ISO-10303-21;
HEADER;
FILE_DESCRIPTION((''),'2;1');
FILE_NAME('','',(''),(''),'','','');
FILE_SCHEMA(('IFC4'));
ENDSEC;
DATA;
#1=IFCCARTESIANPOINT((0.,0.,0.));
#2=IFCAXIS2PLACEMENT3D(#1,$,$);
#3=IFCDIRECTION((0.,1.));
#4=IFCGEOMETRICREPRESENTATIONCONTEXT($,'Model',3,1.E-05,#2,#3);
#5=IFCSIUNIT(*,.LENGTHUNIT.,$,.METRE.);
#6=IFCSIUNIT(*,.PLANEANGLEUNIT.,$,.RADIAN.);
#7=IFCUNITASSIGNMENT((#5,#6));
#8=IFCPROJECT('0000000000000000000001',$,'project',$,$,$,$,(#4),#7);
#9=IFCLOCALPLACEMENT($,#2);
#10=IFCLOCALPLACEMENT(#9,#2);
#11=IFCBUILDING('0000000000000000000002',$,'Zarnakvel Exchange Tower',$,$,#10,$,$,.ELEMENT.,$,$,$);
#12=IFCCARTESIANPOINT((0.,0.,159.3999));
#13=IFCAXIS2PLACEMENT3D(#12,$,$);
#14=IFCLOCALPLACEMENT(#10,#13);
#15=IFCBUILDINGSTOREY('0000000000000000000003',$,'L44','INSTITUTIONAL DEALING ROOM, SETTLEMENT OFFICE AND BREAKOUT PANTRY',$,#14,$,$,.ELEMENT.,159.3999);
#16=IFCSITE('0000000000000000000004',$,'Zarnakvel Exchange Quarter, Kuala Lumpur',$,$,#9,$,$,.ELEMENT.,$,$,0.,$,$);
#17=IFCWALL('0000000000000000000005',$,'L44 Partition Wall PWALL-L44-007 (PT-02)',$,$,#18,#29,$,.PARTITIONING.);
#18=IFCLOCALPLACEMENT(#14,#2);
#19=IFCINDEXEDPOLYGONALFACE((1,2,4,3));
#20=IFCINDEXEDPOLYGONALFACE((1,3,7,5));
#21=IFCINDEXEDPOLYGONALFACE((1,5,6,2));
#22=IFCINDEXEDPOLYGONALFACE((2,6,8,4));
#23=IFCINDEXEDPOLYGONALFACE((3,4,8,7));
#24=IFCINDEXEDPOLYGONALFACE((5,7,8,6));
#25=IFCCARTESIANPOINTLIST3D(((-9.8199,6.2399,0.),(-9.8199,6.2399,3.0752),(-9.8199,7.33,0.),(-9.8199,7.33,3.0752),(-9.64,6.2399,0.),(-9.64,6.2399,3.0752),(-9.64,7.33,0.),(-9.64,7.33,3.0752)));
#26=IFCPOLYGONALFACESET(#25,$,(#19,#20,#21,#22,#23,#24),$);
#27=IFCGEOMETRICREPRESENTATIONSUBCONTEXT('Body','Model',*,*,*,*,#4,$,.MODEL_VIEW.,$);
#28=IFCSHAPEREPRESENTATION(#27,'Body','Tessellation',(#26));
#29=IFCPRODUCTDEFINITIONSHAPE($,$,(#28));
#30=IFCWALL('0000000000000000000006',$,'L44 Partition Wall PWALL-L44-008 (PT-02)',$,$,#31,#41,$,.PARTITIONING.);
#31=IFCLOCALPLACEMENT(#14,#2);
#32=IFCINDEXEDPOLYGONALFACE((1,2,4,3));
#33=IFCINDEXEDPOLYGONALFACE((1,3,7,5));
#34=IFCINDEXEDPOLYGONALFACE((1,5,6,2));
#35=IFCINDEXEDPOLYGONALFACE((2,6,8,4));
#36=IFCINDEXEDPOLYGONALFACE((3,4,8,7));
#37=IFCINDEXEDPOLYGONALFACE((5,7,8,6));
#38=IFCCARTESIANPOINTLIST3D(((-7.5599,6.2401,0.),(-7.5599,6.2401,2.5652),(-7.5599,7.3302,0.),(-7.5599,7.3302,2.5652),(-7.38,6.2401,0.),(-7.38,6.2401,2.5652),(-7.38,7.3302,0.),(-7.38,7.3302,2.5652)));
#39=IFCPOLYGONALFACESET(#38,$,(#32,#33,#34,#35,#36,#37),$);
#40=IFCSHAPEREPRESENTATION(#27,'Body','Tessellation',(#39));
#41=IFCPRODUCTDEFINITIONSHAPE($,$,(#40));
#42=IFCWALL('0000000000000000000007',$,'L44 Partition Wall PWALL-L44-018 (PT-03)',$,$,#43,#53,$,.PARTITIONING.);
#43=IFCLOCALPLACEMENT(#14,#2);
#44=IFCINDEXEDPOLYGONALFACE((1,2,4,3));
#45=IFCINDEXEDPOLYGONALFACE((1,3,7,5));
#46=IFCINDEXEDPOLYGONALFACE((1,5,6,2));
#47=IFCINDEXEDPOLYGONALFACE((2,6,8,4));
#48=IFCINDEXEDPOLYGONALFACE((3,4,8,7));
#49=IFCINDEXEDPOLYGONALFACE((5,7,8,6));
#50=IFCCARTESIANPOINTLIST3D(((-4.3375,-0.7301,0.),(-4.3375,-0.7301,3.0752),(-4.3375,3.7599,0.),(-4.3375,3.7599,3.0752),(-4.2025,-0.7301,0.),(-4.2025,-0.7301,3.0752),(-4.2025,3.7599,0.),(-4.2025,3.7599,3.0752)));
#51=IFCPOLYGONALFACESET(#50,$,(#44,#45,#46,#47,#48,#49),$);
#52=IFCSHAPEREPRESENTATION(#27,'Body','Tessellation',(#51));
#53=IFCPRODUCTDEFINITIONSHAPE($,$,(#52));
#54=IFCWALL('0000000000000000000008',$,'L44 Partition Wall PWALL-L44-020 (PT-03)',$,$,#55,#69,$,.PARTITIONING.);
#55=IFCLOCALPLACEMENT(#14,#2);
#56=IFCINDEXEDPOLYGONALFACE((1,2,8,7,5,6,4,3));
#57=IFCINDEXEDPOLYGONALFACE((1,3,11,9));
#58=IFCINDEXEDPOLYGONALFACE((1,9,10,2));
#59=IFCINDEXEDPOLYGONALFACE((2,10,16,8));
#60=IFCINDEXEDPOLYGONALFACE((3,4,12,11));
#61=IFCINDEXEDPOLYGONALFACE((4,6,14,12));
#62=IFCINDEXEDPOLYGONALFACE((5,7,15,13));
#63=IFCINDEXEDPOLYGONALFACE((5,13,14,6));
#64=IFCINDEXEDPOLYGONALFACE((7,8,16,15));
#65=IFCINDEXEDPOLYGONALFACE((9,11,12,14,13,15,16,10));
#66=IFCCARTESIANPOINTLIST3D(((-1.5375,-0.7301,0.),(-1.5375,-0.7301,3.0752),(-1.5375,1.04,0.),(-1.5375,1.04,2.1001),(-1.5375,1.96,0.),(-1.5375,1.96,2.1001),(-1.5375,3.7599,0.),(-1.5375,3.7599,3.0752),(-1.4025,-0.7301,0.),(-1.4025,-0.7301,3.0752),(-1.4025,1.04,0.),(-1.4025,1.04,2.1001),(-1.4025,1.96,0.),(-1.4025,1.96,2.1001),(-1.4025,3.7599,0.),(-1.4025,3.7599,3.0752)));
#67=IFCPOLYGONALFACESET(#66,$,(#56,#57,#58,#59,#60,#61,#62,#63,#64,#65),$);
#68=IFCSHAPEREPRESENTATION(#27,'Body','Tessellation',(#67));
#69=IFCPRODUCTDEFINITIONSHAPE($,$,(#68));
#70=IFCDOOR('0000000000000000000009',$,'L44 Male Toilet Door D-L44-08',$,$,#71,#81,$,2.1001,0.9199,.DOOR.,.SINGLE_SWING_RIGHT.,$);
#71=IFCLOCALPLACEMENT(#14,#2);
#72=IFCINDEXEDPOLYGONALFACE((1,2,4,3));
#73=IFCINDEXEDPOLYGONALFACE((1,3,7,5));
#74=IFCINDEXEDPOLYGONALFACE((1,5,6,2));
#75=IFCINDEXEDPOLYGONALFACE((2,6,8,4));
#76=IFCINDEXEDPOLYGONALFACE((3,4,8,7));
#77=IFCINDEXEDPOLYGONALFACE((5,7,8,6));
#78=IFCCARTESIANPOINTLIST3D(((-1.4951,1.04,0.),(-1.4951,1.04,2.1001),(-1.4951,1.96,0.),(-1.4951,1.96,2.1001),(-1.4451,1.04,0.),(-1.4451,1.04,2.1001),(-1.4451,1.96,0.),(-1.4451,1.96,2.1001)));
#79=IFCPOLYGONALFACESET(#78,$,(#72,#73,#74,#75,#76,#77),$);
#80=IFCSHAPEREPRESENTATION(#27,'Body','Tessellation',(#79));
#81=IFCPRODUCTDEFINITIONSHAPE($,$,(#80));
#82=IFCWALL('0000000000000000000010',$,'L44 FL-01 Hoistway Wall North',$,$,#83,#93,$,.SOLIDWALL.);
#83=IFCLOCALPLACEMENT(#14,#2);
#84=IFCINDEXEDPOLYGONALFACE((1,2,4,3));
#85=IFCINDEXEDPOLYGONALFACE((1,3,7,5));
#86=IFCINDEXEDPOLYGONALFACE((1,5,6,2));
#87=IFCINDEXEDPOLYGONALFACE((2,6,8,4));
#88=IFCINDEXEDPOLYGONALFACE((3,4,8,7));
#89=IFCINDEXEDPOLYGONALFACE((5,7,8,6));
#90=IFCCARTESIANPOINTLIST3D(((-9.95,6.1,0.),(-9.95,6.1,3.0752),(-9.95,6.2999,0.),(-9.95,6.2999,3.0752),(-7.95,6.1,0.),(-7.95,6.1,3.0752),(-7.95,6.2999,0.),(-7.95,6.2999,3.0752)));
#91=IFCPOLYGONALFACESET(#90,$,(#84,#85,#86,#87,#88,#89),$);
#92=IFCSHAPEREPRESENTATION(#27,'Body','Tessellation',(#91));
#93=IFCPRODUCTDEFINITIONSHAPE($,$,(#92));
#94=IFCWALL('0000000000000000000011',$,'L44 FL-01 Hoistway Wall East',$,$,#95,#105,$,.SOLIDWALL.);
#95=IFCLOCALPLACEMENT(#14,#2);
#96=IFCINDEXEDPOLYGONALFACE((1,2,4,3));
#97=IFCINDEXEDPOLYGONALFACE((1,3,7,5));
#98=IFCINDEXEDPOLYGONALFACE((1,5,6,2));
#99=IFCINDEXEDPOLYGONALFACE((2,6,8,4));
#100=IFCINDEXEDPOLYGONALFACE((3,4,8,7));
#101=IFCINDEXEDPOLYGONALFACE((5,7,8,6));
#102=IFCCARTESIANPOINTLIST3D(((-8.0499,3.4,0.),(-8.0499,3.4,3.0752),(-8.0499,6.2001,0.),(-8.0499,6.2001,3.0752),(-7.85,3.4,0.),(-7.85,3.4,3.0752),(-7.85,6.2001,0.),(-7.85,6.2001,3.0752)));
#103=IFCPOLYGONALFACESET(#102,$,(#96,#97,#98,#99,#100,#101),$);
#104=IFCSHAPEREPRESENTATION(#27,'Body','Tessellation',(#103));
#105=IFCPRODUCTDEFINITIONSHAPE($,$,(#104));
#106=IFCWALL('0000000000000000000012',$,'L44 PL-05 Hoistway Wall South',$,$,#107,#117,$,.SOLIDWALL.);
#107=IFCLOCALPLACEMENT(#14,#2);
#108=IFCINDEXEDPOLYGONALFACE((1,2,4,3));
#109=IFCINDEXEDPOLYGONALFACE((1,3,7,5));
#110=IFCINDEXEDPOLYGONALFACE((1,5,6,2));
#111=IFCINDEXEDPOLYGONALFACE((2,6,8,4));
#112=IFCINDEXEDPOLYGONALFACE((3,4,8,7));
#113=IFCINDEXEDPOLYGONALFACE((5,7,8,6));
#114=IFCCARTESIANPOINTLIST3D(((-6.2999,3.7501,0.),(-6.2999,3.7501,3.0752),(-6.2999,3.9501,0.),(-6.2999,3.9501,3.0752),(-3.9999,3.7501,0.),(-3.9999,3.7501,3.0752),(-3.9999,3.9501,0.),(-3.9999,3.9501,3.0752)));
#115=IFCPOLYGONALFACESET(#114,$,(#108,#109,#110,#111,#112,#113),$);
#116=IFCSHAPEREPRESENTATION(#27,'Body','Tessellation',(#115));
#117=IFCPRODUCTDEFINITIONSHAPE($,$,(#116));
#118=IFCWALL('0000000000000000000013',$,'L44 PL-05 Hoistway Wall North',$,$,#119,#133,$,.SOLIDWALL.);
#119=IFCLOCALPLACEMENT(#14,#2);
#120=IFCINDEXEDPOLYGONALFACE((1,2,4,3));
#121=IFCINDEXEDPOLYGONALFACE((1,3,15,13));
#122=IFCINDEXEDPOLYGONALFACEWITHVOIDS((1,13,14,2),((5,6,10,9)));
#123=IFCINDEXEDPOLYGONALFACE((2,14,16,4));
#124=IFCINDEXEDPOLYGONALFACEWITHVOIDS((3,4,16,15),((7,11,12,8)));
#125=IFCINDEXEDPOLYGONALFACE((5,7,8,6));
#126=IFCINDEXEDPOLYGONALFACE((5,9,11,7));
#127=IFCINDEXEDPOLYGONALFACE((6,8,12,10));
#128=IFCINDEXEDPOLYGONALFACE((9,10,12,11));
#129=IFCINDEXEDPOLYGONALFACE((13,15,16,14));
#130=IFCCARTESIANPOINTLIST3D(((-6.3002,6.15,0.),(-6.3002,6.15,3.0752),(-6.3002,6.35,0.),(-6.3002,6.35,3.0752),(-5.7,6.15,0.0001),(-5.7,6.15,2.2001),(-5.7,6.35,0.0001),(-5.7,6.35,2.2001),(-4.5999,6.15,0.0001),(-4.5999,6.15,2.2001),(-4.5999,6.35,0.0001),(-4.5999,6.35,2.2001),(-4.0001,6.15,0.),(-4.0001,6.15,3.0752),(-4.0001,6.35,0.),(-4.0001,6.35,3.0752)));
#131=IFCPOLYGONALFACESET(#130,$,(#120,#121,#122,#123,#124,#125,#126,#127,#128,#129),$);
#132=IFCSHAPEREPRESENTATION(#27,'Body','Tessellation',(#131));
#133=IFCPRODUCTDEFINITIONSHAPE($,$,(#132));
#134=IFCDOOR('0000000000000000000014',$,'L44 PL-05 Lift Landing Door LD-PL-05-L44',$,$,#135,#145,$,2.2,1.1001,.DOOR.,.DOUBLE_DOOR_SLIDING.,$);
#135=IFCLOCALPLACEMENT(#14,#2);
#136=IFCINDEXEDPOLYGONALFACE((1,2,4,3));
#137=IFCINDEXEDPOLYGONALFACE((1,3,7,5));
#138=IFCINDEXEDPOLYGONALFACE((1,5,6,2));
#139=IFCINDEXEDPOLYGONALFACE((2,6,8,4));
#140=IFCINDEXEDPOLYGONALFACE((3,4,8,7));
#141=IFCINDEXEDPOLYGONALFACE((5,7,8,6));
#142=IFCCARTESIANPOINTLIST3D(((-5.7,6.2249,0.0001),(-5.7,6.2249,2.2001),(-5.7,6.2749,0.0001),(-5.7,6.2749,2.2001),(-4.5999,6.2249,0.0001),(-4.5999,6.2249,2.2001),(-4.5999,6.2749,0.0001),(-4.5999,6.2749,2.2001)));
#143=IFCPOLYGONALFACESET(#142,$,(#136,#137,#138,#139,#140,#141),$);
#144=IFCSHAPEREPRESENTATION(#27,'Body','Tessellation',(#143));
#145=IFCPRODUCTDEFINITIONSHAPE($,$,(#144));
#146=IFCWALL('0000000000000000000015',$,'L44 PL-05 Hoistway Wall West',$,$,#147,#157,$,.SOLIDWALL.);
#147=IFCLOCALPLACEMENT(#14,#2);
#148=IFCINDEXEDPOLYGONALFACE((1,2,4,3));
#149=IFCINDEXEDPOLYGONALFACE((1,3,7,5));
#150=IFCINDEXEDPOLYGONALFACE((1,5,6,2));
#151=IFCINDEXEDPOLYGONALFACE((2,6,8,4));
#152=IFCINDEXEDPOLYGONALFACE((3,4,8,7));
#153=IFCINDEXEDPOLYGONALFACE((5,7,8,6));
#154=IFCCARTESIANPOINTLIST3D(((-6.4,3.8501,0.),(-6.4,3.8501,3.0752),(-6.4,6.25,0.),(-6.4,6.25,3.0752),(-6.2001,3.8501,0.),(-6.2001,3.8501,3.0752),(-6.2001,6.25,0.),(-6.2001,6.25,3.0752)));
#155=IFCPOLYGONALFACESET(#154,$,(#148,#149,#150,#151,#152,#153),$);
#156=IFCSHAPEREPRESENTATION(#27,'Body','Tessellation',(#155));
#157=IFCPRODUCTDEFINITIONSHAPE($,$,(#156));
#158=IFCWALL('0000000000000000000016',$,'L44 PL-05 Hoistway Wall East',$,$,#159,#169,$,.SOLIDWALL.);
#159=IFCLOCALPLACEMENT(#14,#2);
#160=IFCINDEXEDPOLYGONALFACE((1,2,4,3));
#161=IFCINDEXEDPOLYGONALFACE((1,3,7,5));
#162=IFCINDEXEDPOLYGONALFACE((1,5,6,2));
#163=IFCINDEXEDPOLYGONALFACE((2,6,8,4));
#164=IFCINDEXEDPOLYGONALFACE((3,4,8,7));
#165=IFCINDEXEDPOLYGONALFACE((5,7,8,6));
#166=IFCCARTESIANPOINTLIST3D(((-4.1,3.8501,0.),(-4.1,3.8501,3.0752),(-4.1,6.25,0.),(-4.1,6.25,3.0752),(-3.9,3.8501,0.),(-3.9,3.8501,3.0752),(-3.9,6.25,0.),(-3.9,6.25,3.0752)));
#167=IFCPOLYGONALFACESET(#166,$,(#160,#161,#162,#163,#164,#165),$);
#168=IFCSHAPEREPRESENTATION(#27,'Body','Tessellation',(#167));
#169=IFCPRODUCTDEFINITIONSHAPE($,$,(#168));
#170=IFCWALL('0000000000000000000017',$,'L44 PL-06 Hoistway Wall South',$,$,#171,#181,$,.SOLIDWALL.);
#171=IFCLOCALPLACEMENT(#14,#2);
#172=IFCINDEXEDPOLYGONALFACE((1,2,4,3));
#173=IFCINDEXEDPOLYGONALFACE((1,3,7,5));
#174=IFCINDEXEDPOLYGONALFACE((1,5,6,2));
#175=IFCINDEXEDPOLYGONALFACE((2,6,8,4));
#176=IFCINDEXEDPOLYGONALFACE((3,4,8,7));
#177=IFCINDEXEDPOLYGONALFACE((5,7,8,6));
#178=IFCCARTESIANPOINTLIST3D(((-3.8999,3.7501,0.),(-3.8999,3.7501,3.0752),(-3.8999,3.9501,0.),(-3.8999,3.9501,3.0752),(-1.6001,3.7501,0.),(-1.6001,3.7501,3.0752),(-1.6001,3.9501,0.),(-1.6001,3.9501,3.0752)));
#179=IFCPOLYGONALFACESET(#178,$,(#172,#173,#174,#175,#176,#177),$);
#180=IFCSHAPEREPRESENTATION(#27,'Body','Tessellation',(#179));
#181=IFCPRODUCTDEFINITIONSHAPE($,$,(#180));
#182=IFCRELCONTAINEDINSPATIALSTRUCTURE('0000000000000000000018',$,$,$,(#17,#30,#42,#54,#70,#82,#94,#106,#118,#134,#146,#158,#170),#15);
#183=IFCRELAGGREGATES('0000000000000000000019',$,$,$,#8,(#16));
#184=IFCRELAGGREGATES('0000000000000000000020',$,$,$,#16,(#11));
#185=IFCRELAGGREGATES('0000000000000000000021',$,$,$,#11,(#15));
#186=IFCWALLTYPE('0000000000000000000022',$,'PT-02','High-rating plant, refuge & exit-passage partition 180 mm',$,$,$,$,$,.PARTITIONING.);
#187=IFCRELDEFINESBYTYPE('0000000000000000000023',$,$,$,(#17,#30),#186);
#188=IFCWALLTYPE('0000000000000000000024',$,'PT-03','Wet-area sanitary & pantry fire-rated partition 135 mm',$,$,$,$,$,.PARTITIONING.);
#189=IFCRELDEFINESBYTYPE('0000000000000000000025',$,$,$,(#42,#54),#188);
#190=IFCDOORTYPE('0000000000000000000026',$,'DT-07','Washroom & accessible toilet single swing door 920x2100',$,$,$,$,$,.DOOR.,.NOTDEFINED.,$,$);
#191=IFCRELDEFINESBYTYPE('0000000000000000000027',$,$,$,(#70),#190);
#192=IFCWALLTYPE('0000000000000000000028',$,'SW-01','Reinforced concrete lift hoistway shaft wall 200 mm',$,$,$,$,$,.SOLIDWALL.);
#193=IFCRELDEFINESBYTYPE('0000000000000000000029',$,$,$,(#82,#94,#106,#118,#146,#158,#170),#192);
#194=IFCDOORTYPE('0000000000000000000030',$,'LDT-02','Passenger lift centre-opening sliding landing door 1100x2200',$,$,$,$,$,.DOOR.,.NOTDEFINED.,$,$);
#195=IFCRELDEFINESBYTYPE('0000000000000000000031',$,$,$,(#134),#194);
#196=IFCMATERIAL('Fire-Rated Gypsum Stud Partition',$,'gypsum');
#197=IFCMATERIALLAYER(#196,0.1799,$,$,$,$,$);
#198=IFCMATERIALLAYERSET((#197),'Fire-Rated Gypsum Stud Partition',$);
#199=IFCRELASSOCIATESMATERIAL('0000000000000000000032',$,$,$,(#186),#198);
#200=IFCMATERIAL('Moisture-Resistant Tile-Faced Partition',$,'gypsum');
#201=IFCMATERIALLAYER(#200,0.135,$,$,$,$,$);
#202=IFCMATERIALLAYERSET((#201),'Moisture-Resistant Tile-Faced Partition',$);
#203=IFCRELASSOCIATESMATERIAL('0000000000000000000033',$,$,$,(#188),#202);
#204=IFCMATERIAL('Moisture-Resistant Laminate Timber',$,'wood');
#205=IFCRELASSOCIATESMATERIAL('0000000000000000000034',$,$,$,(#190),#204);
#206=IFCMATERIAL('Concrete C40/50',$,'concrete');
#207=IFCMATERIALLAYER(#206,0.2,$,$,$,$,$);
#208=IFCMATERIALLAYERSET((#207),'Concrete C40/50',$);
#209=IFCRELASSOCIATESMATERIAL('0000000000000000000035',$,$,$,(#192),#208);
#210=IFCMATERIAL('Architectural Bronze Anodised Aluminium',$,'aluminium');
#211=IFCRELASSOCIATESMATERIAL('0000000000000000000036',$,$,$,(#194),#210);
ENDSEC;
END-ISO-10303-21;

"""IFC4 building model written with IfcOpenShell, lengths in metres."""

from ifc_helpers import new_model, si_unit, direction, frame, frame_2d, origin, place, context, subcontext, project, spatial, rectangle, extrude, source, transform, mapped, material, layer, layer_set, type_object, element, fill, save


model = new_model("IFC4")

# Units and contexts
model_context = context("Model", 3, precision=1e-05, world=origin(), true_north=direction((0.0, 1.0)))
body_context = subcontext(model_context, "Body", "Model", "MODEL_VIEW")
ifc_project = project(units=[si_unit("LENGTHUNIT", "METRE"), si_unit("PLANEANGLEUNIT", "RADIAN")], contexts=[model_context])

# Site, building, storey
site_placement = place(None, origin())
site = spatial("IfcSite", under=ifc_project, at=site_placement, Name="Zarnakvel Exchange Quarter, Kuala Lumpur", CompositionType="ELEMENT", RefElevation=0.0)
building_placement = place(site_placement, origin())
building = spatial("IfcBuilding", under=site, at=building_placement, Name="Zarnakvel Exchange Tower", CompositionType="ELEMENT")
storey_placement = place(building_placement, frame((0.0, 0.0, 159.3999)))
storey = spatial("IfcBuildingStorey", under=building, at=storey_placement, Name="L44", Description="INSTITUTIONAL DEALING ROOM, SETTLEMENT OFFICE AND BREAKOUT PANTRY", CompositionType="ELEMENT", Elevation=159.3999)

# Walls
ifc_material_1 = material(Name="Fire-Rated Gypsum Stud Partition", Category="gypsum")
ifc_layer_1 = layer(ifc_material_1, 0.1799)
ifc_layer_set_1 = layer_set([ifc_layer_1], Name="Fire-Rated Gypsum Stud Partition")
wall_type_1 = type_object("IfcWallType", Name="PT-02", Description="High-rating plant, refuge & exit-passage partition 180 mm", PredefinedType="PARTITIONING", material=ifc_layer_set_1)
wall_1_placement = place(storey_placement, frame((-9.73, 6.24, 0.0), z_axis=(0.0, 0.0, 1.0), x_axis=(0.0, 1.0, 0.0)))
element("IfcWall", 1, at=wall_1_placement, inside=storey, type_object=wall_type_1, Name="L44 Partition Wall PWALL-L44-007 (PT-02)", PredefinedType="PARTITIONING", context=body_context, shape_type="SweptSolid", body=[
    extrude(rectangle(XDim=1.0901, YDim=0.1799, at=frame_2d((0.5449, 0.0))), origin(), (0.0, 0.0, 1.0), 3.0752),
])
wall_2_placement = place(storey_placement, frame((-7.47, 7.3301, 0.0), z_axis=(0.0, 0.0, 1.0), x_axis=(0.0, -1.0, 0.0)))
element("IfcWall", 2, at=wall_2_placement, inside=storey, type_object=wall_type_1, Name="L44 Partition Wall PWALL-L44-008 (PT-02)", PredefinedType="PARTITIONING", context=body_context, shape_type="SweptSolid", body=[
    extrude(rectangle(XDim=1.0901, YDim=0.1799, at=frame_2d((0.5449, 0.0))), origin(), (0.0, 0.0, 1.0), 2.5652),
])
ifc_material_2 = material(Name="Moisture-Resistant Tile-Faced Partition", Category="gypsum")
ifc_layer_2 = layer(ifc_material_2, 0.135)
ifc_layer_set_2 = layer_set([ifc_layer_2], Name="Moisture-Resistant Tile-Faced Partition")
wall_type_2 = type_object("IfcWallType", Name="PT-03", Description="Wet-area sanitary & pantry fire-rated partition 135 mm", PredefinedType="PARTITIONING", material=ifc_layer_set_2)
wall_3_placement = place(storey_placement, frame((-4.27, 3.76, 0.0), z_axis=(0.0, 0.0, 1.0), x_axis=(0.0, -1.0, 0.0)))
element("IfcWall", 3, at=wall_3_placement, inside=storey, type_object=wall_type_2, Name="L44 Partition Wall PWALL-L44-018 (PT-03)", PredefinedType="PARTITIONING", context=body_context, shape_type="SweptSolid", body=[
    extrude(rectangle(XDim=4.49, YDim=0.135, at=frame_2d((2.2451, 0.0))), origin(), (0.0, 0.0, 1.0), 3.0752),
])

# Wall, opening, door
wall_4_placement = place(storey_placement, frame((-1.47, 3.76, 0.0), z_axis=(0.0, 0.0, 1.0), x_axis=(0.0, -1.0, 0.0)))
wall_4 = element("IfcWall", 4, at=wall_4_placement, inside=storey, type_object=wall_type_2, Name="L44 Partition Wall PWALL-L44-020 (PT-03)", PredefinedType="PARTITIONING", context=body_context, shape_type="SweptSolid", body=[
    extrude(rectangle(XDim=4.49, YDim=0.135, at=frame_2d((2.2451, 0.0))), origin(), (0.0, 0.0, 1.0), 3.0752),
])
opening_1_placement = place(wall_4_placement, frame((1.8, 0.0, 0.0)))
opening_1 = element("IfcOpeningElement", 5, at=opening_1_placement, cuts=wall_4, PredefinedType="OPENING", context=body_context, shape_type="SweptSolid", body=[
    extrude(rectangle(XDim=0.9199, YDim=2.1001, at=frame_2d((0.46, 1.05))), frame((0.0, 0.0774, 0.0), z_axis=(0.0, -1.0, 0.0), x_axis=(1.0, 0.0, 0.0)), (0.0, 0.0, 1.0), 0.155),
])
ifc_material_3 = material(Name="Moisture-Resistant Laminate Timber", Category="wood")
door_type_1 = type_object("IfcDoorType", Name="DT-07", Description="Washroom & accessible toilet single swing door 920x2100", OperationType="NOTDEFINED", PredefinedType="DOOR", material=ifc_material_3)
shared_shape_1 = source(origin(), body_context, "Body", "SweptSolid", [
    extrude(rectangle(XDim=0.9199, YDim=2.1001, at=frame_2d((0.46, 1.05))), frame((0.0, 0.0249, 0.0), z_axis=(0.0, -1.0, 0.0), x_axis=(1.0, 0.0, 0.0)), (0.0, 0.0, 1.0), 0.05),
])
door_1_placement = place(opening_1_placement, origin())
door_1 = element("IfcDoor", 6, at=door_1_placement, inside=storey, type_object=door_type_1, Name="L44 Male Toilet Door D-L44-08", OperationType="SINGLE_SWING_RIGHT", OverallHeight=2.1001, OverallWidth=0.9199, PredefinedType="DOOR", context=body_context, shape_type="MappedRepresentation", body=[
    mapped(shared_shape_1, transform((0.0, 0.0, 0.0), x_axis=(1.0, 0.0, 0.0), y_axis=(0.0, 1.0, 0.0), z_axis=(0.0, 0.0, 1.0), scale=1.0)),
])
fill(opening_1, door_1)

# Walls
ifc_material_4 = material(Name="Concrete C40/50", Category="concrete")
ifc_layer_3 = layer(ifc_material_4, 0.2)
ifc_layer_set_3 = layer_set([ifc_layer_3], Name="Concrete C40/50")
wall_type_3 = type_object("IfcWallType", Name="SW-01", Description="Reinforced concrete lift hoistway shaft wall 200 mm", PredefinedType="SOLIDWALL", material=ifc_layer_set_3)
wall_5_placement = place(storey_placement, frame((-9.95, 6.2, 0.0), z_axis=(0.0, 0.0, 1.0), x_axis=(1.0, 0.0, 0.0)))
element("IfcWall", 7, at=wall_5_placement, inside=storey, type_object=wall_type_3, Name="L44 FL-01 Hoistway Wall North", PredefinedType="SOLIDWALL", context=body_context, shape_type="SweptSolid", body=[
    extrude(rectangle(XDim=2.0, YDim=0.2, at=frame_2d((1.0, 0.0))), origin(), (0.0, 0.0, 1.0), 3.0752),
])
wall_6_placement = place(storey_placement, frame((-7.95, 6.2, 0.0), z_axis=(0.0, 0.0, 1.0), x_axis=(0.0, -1.0, 0.0)))
element("IfcWall", 8, at=wall_6_placement, inside=storey, type_object=wall_type_3, Name="L44 FL-01 Hoistway Wall East", PredefinedType="SOLIDWALL", context=body_context, shape_type="SweptSolid", body=[
    extrude(rectangle(XDim=2.8, YDim=0.2, at=frame_2d((1.3999, 0.0))), origin(), (0.0, 0.0, 1.0), 3.0752),
])
wall_7_placement = place(storey_placement, frame((-4.0, 3.8501, 0.0), z_axis=(0.0, 0.0, 1.0), x_axis=(-1.0, 0.0, 0.0)))
element("IfcWall", 9, at=wall_7_placement, inside=storey, type_object=wall_type_3, Name="L44 PL-05 Hoistway Wall South", PredefinedType="SOLIDWALL", context=body_context, shape_type="SweptSolid", body=[
    extrude(rectangle(XDim=2.3, YDim=0.2, at=frame_2d((1.1499, 0.0))), origin(), (0.0, 0.0, 1.0), 3.0752),
])

# Wall, opening, door
wall_8_placement = place(storey_placement, frame((-6.3, 6.25, 0.0), z_axis=(0.0, 0.0, 1.0), x_axis=(1.0, 0.0, 0.0)))
wall_8 = element("IfcWall", 10, at=wall_8_placement, inside=storey, type_object=wall_type_3, Name="L44 PL-05 Hoistway Wall North", PredefinedType="SOLIDWALL", context=body_context, shape_type="SweptSolid", body=[
    extrude(rectangle(XDim=2.3, YDim=0.2, at=frame_2d((1.1499, 0.0))), origin(), (0.0, 0.0, 1.0), 3.0752),
])
opening_2_placement = place(wall_8_placement, frame((0.6001, 0.0, 0.0)))
opening_2 = element("IfcOpeningElement", 11, at=opening_2_placement, cuts=wall_8, PredefinedType="OPENING", context=body_context, shape_type="SweptSolid", body=[
    extrude(rectangle(XDim=1.1001, YDim=2.2, at=frame_2d((0.55, 1.1001))), frame((0.0, 0.1099, 0.0), z_axis=(0.0, -1.0, 0.0), x_axis=(1.0, 0.0, 0.0)), (0.0, 0.0, 1.0), 0.22),
])
ifc_material_5 = material(Name="Architectural Bronze Anodised Aluminium", Category="aluminium")
door_type_2 = type_object("IfcDoorType", Name="LDT-02", Description="Passenger lift centre-opening sliding landing door 1100x2200", OperationType="NOTDEFINED", PredefinedType="DOOR", material=ifc_material_5)
shared_shape_2 = source(origin(), body_context, "Body", "SweptSolid", [
    extrude(rectangle(XDim=1.1001, YDim=2.2, at=frame_2d((0.55, 1.1001))), frame((0.0, 0.0249, 0.0), z_axis=(0.0, -1.0, 0.0), x_axis=(1.0, 0.0, 0.0)), (0.0, 0.0, 1.0), 0.05),
])
door_2_placement = place(opening_2_placement, origin())
door_2 = element("IfcDoor", 12, at=door_2_placement, inside=storey, type_object=door_type_2, Name="L44 PL-05 Lift Landing Door LD-PL-05-L44", OperationType="DOUBLE_DOOR_SLIDING", OverallHeight=2.2, OverallWidth=1.1001, PredefinedType="DOOR", context=body_context, shape_type="MappedRepresentation", body=[
    mapped(shared_shape_2, transform((0.0, 0.0, 0.0), x_axis=(1.0, 0.0, 0.0), y_axis=(0.0, 1.0, 0.0), z_axis=(0.0, 0.0, 1.0), scale=1.0)),
])
fill(opening_2, door_2)

# Walls
for number, where, z_axis, x_axis, name in (
    (13, (-6.3, 3.8501, 0.0), (0.0, 0.0, 1.0), (0.0, 1.0, 0.0), "L44 PL-05 Hoistway Wall West"),
    (14, (-4.0, 6.25, 0.0), (0.0, 0.0, 1.0), (0.0, -1.0, 0.0), "L44 PL-05 Hoistway Wall East"),
):
    element("IfcWall", number, at=place(storey_placement, frame(where, z_axis=z_axis, x_axis=x_axis)), inside=storey, type_object=wall_type_3, Name=name, PredefinedType="SOLIDWALL", context=body_context, shape_type="SweptSolid", body=[
        extrude(rectangle(XDim=2.3999, YDim=0.2, at=frame_2d((1.2, 0.0))), origin(), (0.0, 0.0, 1.0), 3.0752),
    ])
wall_9_placement = place(storey_placement, frame((-1.6001, 3.8501, 0.0), z_axis=(0.0, 0.0, 1.0), x_axis=(-1.0, 0.0, 0.0)))
element("IfcWall", 15, at=wall_9_placement, inside=storey, type_object=wall_type_3, Name="L44 PL-06 Hoistway Wall South", PredefinedType="SOLIDWALL", context=body_context, shape_type="SweptSolid", body=[
    extrude(rectangle(XDim=2.2998, YDim=0.2, at=frame_2d((1.1499, 0.0))), origin(), (0.0, 0.0, 1.0), 3.0752),
])

save(model, "model.ifc")
